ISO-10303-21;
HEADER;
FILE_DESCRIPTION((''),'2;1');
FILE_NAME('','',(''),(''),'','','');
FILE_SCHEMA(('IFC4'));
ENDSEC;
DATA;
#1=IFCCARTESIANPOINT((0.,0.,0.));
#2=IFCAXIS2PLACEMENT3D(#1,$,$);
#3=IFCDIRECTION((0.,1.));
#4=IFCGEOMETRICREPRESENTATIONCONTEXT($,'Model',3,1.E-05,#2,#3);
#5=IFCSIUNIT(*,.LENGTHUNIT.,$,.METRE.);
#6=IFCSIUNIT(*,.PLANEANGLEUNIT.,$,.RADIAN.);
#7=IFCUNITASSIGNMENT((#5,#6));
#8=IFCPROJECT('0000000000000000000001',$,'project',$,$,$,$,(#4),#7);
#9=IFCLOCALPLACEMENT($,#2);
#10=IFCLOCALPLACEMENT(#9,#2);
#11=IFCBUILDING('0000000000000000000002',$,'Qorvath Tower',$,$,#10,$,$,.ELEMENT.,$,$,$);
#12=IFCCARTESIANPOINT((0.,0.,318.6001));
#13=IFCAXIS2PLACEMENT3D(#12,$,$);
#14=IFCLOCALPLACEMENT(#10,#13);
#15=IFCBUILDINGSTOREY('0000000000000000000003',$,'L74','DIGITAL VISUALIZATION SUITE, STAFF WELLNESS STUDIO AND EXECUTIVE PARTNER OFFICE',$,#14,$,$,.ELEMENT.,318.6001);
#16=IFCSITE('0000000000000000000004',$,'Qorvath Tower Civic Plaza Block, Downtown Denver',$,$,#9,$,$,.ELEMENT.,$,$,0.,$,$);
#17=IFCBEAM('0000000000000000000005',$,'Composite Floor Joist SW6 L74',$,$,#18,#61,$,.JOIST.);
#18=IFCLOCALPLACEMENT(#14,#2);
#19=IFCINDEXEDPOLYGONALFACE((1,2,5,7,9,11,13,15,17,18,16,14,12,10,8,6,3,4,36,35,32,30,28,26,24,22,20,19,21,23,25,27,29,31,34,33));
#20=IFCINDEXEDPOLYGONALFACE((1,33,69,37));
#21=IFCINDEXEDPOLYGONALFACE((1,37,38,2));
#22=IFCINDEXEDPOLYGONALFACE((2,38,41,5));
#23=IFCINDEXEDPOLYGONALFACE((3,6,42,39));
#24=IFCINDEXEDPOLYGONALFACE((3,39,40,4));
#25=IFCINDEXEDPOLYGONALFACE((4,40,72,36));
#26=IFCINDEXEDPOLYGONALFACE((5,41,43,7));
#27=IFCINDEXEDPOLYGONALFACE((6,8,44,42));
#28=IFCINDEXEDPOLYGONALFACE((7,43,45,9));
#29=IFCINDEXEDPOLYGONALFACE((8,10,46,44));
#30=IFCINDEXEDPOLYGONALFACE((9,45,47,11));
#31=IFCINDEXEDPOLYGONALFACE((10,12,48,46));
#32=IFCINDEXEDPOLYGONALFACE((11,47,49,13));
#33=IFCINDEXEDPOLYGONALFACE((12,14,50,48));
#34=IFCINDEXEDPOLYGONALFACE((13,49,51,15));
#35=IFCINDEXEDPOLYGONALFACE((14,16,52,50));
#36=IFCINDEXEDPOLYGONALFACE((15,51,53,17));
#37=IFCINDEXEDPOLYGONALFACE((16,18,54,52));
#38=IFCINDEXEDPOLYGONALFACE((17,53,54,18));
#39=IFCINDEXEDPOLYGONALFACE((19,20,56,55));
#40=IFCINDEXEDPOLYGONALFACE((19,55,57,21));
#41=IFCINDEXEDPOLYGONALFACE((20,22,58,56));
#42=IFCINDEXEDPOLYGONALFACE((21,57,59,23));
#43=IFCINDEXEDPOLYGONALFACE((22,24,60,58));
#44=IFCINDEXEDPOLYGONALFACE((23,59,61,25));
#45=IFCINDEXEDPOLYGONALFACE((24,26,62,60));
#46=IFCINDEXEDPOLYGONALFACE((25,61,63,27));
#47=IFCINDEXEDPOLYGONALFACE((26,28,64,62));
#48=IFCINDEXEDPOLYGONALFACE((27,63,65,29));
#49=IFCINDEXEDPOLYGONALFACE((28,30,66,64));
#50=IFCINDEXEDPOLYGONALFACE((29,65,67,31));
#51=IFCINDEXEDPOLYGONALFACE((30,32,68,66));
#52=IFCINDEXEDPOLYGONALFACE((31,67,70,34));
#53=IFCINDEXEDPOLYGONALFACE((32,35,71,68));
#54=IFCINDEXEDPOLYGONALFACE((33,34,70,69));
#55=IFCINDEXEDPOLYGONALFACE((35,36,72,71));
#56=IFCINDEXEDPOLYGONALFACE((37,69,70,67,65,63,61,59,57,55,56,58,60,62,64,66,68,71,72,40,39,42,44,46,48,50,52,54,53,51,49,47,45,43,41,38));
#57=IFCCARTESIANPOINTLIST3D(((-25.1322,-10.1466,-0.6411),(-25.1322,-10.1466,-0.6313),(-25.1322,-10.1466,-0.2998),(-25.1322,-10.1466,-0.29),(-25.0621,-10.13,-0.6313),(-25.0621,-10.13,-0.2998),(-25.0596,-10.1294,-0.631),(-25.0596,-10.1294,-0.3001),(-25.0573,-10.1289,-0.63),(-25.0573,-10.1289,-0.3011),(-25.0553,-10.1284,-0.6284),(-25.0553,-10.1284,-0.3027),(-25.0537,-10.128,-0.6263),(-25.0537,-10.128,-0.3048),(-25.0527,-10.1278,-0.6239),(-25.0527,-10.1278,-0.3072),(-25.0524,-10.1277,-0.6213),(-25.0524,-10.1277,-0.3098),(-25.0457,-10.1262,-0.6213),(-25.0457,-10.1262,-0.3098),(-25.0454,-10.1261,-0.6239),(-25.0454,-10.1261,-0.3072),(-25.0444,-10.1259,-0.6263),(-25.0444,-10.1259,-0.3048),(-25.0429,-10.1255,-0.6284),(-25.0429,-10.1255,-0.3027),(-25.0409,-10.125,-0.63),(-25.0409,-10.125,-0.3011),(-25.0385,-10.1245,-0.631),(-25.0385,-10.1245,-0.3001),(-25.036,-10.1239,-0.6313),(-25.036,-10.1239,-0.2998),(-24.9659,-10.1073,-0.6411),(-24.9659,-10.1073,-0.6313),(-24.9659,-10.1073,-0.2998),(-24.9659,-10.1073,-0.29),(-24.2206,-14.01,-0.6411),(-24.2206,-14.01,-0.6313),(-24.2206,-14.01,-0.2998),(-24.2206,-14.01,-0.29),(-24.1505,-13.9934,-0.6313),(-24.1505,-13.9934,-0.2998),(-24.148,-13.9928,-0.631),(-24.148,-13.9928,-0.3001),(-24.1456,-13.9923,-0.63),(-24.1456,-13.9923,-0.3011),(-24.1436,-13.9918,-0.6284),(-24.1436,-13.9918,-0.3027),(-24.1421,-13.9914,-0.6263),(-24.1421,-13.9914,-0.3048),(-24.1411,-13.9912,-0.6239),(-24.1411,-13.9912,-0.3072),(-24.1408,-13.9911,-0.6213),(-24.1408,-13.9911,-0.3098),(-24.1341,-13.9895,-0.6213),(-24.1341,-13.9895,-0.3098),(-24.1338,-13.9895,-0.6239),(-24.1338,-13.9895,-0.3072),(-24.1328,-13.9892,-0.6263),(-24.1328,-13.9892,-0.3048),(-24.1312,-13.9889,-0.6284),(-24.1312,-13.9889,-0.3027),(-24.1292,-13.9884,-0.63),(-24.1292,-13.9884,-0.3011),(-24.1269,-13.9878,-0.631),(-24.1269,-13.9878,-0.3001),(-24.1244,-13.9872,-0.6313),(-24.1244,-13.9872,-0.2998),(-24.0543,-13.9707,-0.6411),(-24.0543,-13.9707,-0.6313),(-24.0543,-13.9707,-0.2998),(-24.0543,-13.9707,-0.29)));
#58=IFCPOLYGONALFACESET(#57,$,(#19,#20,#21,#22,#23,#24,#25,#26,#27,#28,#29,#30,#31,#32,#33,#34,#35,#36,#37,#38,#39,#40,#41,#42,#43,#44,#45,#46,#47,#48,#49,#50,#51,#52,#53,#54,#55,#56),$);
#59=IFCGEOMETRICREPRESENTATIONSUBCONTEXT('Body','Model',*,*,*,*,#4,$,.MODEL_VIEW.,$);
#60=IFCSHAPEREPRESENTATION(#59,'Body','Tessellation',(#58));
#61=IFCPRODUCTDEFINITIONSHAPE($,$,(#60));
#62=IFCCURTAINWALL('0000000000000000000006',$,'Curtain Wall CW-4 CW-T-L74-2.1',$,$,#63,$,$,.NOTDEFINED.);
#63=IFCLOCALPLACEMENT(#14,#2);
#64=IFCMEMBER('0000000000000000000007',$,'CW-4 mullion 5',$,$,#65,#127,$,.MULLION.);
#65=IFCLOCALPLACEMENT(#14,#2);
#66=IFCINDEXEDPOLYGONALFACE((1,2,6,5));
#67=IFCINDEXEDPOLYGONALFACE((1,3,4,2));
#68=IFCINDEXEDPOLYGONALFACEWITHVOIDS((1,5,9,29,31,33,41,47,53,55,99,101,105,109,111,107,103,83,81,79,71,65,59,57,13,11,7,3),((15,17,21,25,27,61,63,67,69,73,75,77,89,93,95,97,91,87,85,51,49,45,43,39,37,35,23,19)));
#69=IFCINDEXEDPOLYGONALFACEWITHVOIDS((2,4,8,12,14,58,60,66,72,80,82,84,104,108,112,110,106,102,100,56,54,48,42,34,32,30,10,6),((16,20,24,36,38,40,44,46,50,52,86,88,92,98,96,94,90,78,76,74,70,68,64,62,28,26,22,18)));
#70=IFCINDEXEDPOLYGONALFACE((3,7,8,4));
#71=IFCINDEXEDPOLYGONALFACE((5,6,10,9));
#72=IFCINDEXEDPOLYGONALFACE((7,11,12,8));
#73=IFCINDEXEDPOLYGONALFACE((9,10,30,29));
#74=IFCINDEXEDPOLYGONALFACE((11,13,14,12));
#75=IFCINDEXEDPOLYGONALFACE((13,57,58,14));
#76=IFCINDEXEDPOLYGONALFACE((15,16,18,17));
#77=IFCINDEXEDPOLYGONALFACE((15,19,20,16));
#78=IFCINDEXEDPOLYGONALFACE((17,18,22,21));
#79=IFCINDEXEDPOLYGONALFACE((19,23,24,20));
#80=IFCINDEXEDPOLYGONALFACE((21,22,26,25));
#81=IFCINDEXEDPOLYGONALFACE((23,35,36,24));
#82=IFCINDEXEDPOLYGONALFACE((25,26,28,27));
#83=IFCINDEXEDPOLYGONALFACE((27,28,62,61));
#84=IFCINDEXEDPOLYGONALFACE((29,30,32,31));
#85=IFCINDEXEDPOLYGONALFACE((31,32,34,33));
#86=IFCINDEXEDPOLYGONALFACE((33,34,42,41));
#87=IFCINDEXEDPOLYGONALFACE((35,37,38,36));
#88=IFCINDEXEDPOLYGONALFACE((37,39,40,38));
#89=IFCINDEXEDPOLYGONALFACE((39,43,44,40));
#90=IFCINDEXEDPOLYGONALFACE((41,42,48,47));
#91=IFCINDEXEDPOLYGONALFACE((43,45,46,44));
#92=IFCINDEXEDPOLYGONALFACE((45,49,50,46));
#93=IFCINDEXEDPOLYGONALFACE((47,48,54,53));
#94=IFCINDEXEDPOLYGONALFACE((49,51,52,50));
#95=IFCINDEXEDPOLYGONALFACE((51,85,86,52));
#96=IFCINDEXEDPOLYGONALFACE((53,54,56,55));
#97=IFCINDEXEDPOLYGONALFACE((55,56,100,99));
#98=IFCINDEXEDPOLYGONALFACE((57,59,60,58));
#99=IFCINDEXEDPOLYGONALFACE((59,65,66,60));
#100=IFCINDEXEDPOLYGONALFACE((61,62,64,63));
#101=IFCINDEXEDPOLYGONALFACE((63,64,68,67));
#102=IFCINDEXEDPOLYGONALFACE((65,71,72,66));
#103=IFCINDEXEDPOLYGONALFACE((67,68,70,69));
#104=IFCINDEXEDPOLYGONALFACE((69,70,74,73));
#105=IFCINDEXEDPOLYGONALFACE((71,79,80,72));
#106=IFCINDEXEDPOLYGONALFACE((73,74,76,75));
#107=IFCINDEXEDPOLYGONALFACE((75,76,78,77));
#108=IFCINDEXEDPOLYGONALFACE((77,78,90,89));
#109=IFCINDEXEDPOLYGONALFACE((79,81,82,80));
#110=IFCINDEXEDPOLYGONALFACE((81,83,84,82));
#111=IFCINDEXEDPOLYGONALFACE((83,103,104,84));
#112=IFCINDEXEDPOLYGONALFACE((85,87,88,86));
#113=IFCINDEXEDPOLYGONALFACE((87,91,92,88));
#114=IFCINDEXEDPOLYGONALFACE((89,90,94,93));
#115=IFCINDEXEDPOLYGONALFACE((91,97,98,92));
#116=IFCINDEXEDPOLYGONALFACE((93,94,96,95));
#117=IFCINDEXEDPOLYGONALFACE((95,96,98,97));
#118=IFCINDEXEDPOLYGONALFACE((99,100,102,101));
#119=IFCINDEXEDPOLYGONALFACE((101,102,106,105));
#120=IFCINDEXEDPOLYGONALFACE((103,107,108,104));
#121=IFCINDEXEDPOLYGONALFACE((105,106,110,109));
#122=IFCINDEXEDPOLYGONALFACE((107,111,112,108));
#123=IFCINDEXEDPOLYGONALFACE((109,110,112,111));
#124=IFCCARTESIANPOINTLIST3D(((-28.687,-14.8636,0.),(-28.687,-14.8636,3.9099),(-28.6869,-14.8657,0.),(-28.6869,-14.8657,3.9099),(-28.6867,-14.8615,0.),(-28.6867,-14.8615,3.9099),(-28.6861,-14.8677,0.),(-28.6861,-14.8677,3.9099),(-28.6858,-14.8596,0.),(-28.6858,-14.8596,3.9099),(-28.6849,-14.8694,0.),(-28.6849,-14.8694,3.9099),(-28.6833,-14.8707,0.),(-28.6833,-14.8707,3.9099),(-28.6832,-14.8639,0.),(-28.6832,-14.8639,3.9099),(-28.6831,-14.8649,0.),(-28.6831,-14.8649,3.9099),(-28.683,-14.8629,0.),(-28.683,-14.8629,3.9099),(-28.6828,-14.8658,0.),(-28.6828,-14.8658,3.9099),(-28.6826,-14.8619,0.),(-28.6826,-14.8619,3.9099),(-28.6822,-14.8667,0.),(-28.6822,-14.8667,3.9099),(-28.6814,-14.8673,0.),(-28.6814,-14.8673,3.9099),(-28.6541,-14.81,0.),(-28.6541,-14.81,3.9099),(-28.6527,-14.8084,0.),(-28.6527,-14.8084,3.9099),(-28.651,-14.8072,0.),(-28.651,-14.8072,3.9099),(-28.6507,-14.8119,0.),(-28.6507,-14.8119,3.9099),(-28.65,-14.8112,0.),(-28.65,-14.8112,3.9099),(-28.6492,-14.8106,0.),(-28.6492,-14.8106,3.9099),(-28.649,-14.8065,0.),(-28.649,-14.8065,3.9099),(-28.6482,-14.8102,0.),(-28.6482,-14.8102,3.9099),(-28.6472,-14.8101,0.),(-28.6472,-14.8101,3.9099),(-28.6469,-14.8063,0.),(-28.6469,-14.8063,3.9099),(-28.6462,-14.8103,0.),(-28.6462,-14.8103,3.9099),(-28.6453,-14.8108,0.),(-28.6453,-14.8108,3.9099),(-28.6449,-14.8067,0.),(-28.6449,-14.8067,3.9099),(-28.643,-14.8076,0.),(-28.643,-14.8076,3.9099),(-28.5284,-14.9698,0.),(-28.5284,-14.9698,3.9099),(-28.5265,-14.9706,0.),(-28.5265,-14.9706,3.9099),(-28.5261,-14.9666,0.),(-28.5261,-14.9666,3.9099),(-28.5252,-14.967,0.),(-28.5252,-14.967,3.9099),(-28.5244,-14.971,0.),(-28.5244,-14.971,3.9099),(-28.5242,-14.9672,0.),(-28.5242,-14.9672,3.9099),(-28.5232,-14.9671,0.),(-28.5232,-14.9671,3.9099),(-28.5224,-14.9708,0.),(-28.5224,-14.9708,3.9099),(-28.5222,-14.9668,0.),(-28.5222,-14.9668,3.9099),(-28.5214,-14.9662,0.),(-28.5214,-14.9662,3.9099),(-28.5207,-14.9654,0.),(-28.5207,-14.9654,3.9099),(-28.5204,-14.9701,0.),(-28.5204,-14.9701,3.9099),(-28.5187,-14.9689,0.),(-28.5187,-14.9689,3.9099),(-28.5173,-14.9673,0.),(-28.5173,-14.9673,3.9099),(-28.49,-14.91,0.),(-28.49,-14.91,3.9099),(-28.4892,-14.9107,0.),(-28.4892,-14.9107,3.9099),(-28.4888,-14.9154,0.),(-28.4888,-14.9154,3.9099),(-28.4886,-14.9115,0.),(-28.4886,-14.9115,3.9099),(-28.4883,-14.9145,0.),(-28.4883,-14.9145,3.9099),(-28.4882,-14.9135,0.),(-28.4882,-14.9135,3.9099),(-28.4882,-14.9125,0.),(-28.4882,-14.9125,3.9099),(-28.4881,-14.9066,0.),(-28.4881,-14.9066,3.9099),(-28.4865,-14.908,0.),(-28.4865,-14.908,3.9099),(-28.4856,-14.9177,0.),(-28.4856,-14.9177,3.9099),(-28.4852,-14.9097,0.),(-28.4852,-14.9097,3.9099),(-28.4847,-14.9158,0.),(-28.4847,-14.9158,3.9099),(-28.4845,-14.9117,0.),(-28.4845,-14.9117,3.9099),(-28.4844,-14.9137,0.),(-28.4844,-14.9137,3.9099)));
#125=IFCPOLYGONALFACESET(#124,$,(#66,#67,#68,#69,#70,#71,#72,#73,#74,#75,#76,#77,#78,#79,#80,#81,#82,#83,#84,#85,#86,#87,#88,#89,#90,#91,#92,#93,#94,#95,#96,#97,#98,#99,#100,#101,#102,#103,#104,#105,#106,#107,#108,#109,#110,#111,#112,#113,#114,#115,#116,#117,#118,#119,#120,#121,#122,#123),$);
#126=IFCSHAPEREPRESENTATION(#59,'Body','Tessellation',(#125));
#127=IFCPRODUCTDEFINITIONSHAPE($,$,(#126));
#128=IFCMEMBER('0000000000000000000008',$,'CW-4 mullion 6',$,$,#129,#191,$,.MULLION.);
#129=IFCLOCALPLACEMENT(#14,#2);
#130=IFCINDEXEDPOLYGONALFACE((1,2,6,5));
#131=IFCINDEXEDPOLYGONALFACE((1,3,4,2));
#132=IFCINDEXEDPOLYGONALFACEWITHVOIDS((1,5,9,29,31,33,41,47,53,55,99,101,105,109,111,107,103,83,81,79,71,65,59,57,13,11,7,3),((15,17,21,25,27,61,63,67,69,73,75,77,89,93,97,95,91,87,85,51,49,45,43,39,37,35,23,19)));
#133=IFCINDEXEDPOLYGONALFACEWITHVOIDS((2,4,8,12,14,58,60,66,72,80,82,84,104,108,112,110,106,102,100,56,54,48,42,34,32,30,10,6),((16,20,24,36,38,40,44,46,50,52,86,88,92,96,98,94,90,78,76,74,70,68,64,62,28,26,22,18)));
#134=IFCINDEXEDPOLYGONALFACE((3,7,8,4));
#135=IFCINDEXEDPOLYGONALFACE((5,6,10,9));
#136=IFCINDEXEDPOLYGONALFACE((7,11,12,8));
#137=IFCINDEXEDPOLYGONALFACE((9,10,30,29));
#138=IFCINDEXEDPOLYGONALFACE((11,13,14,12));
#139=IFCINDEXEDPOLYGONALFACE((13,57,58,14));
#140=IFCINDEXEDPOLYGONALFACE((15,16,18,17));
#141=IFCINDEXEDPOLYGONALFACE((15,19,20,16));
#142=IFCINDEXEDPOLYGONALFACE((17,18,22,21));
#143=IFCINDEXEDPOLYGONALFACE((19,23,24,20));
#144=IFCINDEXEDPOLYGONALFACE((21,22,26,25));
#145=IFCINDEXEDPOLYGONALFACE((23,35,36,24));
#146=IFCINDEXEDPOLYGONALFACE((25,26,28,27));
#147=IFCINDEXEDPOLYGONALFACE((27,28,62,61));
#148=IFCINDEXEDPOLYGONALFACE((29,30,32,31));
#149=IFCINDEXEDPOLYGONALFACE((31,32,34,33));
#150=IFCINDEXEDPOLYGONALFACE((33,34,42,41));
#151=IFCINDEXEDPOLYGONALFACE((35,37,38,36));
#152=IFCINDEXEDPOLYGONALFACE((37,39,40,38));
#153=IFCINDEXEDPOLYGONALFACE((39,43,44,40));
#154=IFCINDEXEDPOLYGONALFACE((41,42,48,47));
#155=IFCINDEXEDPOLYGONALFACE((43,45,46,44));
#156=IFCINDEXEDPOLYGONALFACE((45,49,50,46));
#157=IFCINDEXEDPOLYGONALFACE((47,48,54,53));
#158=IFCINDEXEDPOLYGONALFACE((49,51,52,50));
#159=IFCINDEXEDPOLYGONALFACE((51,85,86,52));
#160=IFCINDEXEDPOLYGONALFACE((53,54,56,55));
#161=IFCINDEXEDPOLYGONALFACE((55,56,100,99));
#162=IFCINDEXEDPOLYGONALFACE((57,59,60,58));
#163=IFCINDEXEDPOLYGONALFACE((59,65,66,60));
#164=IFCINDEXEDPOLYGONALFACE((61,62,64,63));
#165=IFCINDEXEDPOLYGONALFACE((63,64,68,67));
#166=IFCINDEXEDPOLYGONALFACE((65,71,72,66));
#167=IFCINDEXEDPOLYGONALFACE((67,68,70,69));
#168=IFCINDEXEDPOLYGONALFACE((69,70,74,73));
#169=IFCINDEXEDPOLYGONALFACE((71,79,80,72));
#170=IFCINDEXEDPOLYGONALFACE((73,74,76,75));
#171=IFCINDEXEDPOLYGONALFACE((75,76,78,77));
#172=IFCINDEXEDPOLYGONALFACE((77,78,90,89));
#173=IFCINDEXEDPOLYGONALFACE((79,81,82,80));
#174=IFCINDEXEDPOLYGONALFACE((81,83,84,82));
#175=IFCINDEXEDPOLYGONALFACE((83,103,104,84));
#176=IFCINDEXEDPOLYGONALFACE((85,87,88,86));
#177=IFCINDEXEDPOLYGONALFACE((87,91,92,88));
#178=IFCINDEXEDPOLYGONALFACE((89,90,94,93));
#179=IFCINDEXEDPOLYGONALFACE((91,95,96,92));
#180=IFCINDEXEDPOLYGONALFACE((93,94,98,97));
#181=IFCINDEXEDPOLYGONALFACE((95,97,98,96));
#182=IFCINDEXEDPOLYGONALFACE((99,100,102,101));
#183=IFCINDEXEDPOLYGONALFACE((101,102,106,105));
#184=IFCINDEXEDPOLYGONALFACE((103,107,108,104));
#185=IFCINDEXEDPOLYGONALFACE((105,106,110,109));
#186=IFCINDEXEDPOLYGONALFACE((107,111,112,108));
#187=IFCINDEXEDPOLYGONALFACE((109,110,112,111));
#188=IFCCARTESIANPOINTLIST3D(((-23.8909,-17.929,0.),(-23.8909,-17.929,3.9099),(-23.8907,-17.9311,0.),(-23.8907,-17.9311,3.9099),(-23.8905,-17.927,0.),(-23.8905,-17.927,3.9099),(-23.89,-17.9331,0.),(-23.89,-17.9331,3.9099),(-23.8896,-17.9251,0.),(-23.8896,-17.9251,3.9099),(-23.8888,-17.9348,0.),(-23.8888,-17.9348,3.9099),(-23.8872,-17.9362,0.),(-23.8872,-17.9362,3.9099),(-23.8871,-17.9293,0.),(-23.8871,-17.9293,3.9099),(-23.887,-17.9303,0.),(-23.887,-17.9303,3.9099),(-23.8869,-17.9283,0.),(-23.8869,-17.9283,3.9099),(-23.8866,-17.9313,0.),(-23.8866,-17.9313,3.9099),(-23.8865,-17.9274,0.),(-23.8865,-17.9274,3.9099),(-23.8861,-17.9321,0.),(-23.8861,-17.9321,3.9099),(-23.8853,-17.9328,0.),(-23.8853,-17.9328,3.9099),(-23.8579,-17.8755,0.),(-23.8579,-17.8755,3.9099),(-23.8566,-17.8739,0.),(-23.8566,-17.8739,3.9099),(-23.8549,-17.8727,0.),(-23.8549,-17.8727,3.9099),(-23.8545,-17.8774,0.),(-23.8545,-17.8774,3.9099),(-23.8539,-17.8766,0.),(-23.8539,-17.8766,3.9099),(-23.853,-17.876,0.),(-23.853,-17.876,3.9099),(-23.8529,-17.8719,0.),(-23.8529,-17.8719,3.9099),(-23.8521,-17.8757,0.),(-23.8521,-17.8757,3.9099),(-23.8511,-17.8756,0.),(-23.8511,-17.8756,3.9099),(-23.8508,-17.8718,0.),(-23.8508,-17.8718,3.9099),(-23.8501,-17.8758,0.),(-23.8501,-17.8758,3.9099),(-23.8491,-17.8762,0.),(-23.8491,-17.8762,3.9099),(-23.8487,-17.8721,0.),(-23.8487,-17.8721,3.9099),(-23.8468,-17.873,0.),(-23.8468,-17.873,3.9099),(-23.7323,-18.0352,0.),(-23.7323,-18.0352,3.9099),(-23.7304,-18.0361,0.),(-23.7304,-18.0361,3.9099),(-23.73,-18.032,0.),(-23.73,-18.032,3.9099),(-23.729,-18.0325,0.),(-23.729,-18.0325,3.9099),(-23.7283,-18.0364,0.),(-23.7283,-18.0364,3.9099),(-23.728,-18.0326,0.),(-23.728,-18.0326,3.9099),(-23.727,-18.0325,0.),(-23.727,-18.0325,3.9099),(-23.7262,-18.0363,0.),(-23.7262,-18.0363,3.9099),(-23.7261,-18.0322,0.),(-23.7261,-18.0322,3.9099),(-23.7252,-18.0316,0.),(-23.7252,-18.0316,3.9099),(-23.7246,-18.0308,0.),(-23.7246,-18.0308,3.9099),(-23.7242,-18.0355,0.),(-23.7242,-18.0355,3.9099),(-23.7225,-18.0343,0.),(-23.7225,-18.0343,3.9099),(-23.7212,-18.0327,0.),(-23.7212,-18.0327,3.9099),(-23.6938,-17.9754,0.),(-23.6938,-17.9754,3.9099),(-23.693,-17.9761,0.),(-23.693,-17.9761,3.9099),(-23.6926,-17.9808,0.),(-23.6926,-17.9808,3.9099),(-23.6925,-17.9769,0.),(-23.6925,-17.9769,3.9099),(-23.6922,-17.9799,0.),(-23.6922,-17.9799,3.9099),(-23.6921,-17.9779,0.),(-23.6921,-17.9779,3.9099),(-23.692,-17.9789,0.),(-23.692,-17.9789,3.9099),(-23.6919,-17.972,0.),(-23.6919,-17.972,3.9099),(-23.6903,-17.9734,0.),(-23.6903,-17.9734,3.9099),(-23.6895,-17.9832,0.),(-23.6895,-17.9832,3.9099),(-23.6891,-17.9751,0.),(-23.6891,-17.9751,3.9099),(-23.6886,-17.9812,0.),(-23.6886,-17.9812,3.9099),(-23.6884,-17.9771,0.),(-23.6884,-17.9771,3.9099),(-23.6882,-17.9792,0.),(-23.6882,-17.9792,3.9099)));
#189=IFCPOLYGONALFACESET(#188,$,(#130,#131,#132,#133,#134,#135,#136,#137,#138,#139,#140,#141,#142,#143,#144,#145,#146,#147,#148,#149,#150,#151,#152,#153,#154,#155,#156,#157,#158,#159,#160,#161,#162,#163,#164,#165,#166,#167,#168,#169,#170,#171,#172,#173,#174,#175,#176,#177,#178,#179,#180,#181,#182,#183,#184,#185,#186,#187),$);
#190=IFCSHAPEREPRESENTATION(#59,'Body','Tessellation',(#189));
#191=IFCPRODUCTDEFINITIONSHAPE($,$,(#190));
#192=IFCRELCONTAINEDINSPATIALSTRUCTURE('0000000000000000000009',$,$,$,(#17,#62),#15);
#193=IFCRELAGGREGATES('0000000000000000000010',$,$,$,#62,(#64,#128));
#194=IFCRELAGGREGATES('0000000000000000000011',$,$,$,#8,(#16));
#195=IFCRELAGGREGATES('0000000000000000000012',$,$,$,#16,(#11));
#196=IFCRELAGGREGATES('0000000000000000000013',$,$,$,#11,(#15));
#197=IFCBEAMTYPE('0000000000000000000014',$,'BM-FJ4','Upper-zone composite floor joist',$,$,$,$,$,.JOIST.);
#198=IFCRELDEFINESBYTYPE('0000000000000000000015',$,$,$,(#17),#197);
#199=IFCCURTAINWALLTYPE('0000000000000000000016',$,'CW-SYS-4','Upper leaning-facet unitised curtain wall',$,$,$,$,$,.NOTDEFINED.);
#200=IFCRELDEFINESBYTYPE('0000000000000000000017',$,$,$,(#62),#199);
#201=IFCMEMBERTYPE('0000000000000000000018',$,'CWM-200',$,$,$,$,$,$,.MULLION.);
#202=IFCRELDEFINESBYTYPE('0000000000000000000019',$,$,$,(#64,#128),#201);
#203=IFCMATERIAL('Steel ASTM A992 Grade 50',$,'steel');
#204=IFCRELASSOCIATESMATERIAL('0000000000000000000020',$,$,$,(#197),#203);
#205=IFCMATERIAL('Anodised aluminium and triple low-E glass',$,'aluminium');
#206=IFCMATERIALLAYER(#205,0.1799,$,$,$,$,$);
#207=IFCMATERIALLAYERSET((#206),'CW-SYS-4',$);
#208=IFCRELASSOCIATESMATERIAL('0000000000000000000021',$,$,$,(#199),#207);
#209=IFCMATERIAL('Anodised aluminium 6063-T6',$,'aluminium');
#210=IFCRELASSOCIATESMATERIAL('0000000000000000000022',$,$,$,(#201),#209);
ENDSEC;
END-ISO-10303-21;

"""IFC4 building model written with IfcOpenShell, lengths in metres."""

from ifc_helpers import new_model, si_unit, direction, frame, origin, origin_2d, place, context, subcontext, project, spatial, hollow_rectangle, i_section, extrude, material, layer, layer_set, material_profile, profile_set, type_object, element, aggregate, save


model = new_model("IFC4")

# Units and contexts
model_context = context("Model", 3, precision=1e-05, world=origin(), true_north=direction((0.0, 1.0)))
body_context = subcontext(model_context, "Body", "Model", "MODEL_VIEW")
ifc_project = project(units=[si_unit("LENGTHUNIT", "METRE"), si_unit("PLANEANGLEUNIT", "RADIAN")], contexts=[model_context])

# Site, building, storey
site_placement = place(None, origin())
site = spatial("IfcSite", under=ifc_project, at=site_placement, Name="Qorvath Tower Civic Plaza Block, Downtown Denver", CompositionType="ELEMENT", RefElevation=0.0)
building_placement = place(site_placement, origin())
building = spatial("IfcBuilding", under=site, at=building_placement, Name="Qorvath Tower", CompositionType="ELEMENT")
storey_placement = place(building_placement, frame((0.0, 0.0, 318.6001)))
storey = spatial("IfcBuildingStorey", under=building, at=storey_placement, Name="L74", Description="DIGITAL VISUALIZATION SUITE, STAFF WELLNESS STUDIO AND EXECUTIVE PARTNER OFFICE", CompositionType="ELEMENT", Elevation=318.6001)

# Beam
ifc_material_1 = material(Name="Steel ASTM A992 Grade 50", Category="steel")
ifc_material_profile_1 = material_profile(ifc_material_1, i_section(OverallWidth=0.1709, OverallDepth=0.3511, WebThickness=0.0068, FlangeThickness=0.0098, FilletRadius=0.01, at=origin_2d()), Name="W14x30")
ifc_profile_set_1 = profile_set([ifc_material_profile_1], Name="Steel ASTM A992 Grade 50")
beam_type_1 = type_object("IfcBeamType", Name="BM-FJ4", Description="Upper-zone composite floor joist", PredefinedType="JOIST", material=ifc_profile_set_1)
beam_1_placement = place(storey_placement, frame((-25.0491, -10.127, -0.4656), z_axis=(0.229663, -0.97327, 0.0), x_axis=(0.97327, 0.229663, 0.0)))
element("IfcBeam", 1, at=beam_1_placement, inside=storey, type_object=beam_type_1, Name="Composite Floor Joist SW6 L74", PredefinedType="JOIST", context=body_context, shape_type="SweptSolid", body=[
    extrude(i_section(OverallWidth=0.1709, OverallDepth=0.3511, WebThickness=0.0068, FlangeThickness=0.0098, FilletRadius=0.01, at=origin_2d()), origin(), (0.0, 0.0, 1.0), 3.9695),
])

# Curtain wall, members
ifc_material_2 = material(Name="Anodised aluminium and triple low-E glass", Category="aluminium")
ifc_layer_1 = layer(ifc_material_2, 0.1799)
ifc_layer_set_1 = layer_set([ifc_layer_1], Name="CW-SYS-4")
curtain_wall_type = type_object("IfcCurtainWallType", Name="CW-SYS-4", Description="Upper leaning-facet unitised curtain wall", PredefinedType="NOTDEFINED", material=ifc_layer_set_1)
curtain_wall_placement = place(storey_placement, origin())
curtain_wall = element("IfcCurtainWall", 2, at=curtain_wall_placement, inside=storey, type_object=curtain_wall_type, Name="Curtain Wall CW-4 CW-T-L74-2.1", PredefinedType="NOTDEFINED")
ifc_material_3 = material(Name="Anodised aluminium 6063-T6", Category="aluminium")
ifc_material_profile_2 = material_profile(ifc_material_3, hollow_rectangle(XDim=0.075, YDim=0.2, WallThickness=0.0039, InnerFilletRadius=0.0039, OuterFilletRadius=0.0081, at=origin_2d()), Name="CWM 200x75")
ifc_profile_set_2 = profile_set([ifc_material_profile_2], Name="Anodised aluminium 6063-T6")
member_type_1 = type_object("IfcMemberType", Name="CWM-200", PredefinedType="MULLION", material=ifc_profile_set_2)
member_1_placement = place(storey_placement, frame((-28.5857, -14.8887, 0.0), z_axis=(0.0, 0.0, 1.0), x_axis=(0.538532, 0.842605, 0.0)))
member_1 = element("IfcMember", 3, at=member_1_placement, type_object=member_type_1, Name="CW-4 mullion 5", PredefinedType="MULLION", context=body_context, shape_type="SweptSolid", body=[
    extrude(hollow_rectangle(XDim=0.075, YDim=0.2, WallThickness=0.0039, InnerFilletRadius=0.0039, OuterFilletRadius=0.0081, at=origin_2d()), origin(), (0.0, 0.0, 1.0), 3.9099),
])
member_2_placement = place(storey_placement, frame((-23.7896, -17.9541, 0.0), z_axis=(0.0, 0.0, 1.0), x_axis=(0.538532, 0.842605, 0.0)))
member_2 = element("IfcMember", 4, at=member_2_placement, type_object=member_type_1, Name="CW-4 mullion 6", PredefinedType="MULLION", context=body_context, shape_type="SweptSolid", body=[
    extrude(hollow_rectangle(XDim=0.075, YDim=0.2, WallThickness=0.0039, InnerFilletRadius=0.0039, OuterFilletRadius=0.0081, at=origin_2d()), origin(), (0.0, 0.0, 1.0), 3.9099),
])
aggregate(curtain_wall, [member_1, member_2])

save(model, "model.ifc")
